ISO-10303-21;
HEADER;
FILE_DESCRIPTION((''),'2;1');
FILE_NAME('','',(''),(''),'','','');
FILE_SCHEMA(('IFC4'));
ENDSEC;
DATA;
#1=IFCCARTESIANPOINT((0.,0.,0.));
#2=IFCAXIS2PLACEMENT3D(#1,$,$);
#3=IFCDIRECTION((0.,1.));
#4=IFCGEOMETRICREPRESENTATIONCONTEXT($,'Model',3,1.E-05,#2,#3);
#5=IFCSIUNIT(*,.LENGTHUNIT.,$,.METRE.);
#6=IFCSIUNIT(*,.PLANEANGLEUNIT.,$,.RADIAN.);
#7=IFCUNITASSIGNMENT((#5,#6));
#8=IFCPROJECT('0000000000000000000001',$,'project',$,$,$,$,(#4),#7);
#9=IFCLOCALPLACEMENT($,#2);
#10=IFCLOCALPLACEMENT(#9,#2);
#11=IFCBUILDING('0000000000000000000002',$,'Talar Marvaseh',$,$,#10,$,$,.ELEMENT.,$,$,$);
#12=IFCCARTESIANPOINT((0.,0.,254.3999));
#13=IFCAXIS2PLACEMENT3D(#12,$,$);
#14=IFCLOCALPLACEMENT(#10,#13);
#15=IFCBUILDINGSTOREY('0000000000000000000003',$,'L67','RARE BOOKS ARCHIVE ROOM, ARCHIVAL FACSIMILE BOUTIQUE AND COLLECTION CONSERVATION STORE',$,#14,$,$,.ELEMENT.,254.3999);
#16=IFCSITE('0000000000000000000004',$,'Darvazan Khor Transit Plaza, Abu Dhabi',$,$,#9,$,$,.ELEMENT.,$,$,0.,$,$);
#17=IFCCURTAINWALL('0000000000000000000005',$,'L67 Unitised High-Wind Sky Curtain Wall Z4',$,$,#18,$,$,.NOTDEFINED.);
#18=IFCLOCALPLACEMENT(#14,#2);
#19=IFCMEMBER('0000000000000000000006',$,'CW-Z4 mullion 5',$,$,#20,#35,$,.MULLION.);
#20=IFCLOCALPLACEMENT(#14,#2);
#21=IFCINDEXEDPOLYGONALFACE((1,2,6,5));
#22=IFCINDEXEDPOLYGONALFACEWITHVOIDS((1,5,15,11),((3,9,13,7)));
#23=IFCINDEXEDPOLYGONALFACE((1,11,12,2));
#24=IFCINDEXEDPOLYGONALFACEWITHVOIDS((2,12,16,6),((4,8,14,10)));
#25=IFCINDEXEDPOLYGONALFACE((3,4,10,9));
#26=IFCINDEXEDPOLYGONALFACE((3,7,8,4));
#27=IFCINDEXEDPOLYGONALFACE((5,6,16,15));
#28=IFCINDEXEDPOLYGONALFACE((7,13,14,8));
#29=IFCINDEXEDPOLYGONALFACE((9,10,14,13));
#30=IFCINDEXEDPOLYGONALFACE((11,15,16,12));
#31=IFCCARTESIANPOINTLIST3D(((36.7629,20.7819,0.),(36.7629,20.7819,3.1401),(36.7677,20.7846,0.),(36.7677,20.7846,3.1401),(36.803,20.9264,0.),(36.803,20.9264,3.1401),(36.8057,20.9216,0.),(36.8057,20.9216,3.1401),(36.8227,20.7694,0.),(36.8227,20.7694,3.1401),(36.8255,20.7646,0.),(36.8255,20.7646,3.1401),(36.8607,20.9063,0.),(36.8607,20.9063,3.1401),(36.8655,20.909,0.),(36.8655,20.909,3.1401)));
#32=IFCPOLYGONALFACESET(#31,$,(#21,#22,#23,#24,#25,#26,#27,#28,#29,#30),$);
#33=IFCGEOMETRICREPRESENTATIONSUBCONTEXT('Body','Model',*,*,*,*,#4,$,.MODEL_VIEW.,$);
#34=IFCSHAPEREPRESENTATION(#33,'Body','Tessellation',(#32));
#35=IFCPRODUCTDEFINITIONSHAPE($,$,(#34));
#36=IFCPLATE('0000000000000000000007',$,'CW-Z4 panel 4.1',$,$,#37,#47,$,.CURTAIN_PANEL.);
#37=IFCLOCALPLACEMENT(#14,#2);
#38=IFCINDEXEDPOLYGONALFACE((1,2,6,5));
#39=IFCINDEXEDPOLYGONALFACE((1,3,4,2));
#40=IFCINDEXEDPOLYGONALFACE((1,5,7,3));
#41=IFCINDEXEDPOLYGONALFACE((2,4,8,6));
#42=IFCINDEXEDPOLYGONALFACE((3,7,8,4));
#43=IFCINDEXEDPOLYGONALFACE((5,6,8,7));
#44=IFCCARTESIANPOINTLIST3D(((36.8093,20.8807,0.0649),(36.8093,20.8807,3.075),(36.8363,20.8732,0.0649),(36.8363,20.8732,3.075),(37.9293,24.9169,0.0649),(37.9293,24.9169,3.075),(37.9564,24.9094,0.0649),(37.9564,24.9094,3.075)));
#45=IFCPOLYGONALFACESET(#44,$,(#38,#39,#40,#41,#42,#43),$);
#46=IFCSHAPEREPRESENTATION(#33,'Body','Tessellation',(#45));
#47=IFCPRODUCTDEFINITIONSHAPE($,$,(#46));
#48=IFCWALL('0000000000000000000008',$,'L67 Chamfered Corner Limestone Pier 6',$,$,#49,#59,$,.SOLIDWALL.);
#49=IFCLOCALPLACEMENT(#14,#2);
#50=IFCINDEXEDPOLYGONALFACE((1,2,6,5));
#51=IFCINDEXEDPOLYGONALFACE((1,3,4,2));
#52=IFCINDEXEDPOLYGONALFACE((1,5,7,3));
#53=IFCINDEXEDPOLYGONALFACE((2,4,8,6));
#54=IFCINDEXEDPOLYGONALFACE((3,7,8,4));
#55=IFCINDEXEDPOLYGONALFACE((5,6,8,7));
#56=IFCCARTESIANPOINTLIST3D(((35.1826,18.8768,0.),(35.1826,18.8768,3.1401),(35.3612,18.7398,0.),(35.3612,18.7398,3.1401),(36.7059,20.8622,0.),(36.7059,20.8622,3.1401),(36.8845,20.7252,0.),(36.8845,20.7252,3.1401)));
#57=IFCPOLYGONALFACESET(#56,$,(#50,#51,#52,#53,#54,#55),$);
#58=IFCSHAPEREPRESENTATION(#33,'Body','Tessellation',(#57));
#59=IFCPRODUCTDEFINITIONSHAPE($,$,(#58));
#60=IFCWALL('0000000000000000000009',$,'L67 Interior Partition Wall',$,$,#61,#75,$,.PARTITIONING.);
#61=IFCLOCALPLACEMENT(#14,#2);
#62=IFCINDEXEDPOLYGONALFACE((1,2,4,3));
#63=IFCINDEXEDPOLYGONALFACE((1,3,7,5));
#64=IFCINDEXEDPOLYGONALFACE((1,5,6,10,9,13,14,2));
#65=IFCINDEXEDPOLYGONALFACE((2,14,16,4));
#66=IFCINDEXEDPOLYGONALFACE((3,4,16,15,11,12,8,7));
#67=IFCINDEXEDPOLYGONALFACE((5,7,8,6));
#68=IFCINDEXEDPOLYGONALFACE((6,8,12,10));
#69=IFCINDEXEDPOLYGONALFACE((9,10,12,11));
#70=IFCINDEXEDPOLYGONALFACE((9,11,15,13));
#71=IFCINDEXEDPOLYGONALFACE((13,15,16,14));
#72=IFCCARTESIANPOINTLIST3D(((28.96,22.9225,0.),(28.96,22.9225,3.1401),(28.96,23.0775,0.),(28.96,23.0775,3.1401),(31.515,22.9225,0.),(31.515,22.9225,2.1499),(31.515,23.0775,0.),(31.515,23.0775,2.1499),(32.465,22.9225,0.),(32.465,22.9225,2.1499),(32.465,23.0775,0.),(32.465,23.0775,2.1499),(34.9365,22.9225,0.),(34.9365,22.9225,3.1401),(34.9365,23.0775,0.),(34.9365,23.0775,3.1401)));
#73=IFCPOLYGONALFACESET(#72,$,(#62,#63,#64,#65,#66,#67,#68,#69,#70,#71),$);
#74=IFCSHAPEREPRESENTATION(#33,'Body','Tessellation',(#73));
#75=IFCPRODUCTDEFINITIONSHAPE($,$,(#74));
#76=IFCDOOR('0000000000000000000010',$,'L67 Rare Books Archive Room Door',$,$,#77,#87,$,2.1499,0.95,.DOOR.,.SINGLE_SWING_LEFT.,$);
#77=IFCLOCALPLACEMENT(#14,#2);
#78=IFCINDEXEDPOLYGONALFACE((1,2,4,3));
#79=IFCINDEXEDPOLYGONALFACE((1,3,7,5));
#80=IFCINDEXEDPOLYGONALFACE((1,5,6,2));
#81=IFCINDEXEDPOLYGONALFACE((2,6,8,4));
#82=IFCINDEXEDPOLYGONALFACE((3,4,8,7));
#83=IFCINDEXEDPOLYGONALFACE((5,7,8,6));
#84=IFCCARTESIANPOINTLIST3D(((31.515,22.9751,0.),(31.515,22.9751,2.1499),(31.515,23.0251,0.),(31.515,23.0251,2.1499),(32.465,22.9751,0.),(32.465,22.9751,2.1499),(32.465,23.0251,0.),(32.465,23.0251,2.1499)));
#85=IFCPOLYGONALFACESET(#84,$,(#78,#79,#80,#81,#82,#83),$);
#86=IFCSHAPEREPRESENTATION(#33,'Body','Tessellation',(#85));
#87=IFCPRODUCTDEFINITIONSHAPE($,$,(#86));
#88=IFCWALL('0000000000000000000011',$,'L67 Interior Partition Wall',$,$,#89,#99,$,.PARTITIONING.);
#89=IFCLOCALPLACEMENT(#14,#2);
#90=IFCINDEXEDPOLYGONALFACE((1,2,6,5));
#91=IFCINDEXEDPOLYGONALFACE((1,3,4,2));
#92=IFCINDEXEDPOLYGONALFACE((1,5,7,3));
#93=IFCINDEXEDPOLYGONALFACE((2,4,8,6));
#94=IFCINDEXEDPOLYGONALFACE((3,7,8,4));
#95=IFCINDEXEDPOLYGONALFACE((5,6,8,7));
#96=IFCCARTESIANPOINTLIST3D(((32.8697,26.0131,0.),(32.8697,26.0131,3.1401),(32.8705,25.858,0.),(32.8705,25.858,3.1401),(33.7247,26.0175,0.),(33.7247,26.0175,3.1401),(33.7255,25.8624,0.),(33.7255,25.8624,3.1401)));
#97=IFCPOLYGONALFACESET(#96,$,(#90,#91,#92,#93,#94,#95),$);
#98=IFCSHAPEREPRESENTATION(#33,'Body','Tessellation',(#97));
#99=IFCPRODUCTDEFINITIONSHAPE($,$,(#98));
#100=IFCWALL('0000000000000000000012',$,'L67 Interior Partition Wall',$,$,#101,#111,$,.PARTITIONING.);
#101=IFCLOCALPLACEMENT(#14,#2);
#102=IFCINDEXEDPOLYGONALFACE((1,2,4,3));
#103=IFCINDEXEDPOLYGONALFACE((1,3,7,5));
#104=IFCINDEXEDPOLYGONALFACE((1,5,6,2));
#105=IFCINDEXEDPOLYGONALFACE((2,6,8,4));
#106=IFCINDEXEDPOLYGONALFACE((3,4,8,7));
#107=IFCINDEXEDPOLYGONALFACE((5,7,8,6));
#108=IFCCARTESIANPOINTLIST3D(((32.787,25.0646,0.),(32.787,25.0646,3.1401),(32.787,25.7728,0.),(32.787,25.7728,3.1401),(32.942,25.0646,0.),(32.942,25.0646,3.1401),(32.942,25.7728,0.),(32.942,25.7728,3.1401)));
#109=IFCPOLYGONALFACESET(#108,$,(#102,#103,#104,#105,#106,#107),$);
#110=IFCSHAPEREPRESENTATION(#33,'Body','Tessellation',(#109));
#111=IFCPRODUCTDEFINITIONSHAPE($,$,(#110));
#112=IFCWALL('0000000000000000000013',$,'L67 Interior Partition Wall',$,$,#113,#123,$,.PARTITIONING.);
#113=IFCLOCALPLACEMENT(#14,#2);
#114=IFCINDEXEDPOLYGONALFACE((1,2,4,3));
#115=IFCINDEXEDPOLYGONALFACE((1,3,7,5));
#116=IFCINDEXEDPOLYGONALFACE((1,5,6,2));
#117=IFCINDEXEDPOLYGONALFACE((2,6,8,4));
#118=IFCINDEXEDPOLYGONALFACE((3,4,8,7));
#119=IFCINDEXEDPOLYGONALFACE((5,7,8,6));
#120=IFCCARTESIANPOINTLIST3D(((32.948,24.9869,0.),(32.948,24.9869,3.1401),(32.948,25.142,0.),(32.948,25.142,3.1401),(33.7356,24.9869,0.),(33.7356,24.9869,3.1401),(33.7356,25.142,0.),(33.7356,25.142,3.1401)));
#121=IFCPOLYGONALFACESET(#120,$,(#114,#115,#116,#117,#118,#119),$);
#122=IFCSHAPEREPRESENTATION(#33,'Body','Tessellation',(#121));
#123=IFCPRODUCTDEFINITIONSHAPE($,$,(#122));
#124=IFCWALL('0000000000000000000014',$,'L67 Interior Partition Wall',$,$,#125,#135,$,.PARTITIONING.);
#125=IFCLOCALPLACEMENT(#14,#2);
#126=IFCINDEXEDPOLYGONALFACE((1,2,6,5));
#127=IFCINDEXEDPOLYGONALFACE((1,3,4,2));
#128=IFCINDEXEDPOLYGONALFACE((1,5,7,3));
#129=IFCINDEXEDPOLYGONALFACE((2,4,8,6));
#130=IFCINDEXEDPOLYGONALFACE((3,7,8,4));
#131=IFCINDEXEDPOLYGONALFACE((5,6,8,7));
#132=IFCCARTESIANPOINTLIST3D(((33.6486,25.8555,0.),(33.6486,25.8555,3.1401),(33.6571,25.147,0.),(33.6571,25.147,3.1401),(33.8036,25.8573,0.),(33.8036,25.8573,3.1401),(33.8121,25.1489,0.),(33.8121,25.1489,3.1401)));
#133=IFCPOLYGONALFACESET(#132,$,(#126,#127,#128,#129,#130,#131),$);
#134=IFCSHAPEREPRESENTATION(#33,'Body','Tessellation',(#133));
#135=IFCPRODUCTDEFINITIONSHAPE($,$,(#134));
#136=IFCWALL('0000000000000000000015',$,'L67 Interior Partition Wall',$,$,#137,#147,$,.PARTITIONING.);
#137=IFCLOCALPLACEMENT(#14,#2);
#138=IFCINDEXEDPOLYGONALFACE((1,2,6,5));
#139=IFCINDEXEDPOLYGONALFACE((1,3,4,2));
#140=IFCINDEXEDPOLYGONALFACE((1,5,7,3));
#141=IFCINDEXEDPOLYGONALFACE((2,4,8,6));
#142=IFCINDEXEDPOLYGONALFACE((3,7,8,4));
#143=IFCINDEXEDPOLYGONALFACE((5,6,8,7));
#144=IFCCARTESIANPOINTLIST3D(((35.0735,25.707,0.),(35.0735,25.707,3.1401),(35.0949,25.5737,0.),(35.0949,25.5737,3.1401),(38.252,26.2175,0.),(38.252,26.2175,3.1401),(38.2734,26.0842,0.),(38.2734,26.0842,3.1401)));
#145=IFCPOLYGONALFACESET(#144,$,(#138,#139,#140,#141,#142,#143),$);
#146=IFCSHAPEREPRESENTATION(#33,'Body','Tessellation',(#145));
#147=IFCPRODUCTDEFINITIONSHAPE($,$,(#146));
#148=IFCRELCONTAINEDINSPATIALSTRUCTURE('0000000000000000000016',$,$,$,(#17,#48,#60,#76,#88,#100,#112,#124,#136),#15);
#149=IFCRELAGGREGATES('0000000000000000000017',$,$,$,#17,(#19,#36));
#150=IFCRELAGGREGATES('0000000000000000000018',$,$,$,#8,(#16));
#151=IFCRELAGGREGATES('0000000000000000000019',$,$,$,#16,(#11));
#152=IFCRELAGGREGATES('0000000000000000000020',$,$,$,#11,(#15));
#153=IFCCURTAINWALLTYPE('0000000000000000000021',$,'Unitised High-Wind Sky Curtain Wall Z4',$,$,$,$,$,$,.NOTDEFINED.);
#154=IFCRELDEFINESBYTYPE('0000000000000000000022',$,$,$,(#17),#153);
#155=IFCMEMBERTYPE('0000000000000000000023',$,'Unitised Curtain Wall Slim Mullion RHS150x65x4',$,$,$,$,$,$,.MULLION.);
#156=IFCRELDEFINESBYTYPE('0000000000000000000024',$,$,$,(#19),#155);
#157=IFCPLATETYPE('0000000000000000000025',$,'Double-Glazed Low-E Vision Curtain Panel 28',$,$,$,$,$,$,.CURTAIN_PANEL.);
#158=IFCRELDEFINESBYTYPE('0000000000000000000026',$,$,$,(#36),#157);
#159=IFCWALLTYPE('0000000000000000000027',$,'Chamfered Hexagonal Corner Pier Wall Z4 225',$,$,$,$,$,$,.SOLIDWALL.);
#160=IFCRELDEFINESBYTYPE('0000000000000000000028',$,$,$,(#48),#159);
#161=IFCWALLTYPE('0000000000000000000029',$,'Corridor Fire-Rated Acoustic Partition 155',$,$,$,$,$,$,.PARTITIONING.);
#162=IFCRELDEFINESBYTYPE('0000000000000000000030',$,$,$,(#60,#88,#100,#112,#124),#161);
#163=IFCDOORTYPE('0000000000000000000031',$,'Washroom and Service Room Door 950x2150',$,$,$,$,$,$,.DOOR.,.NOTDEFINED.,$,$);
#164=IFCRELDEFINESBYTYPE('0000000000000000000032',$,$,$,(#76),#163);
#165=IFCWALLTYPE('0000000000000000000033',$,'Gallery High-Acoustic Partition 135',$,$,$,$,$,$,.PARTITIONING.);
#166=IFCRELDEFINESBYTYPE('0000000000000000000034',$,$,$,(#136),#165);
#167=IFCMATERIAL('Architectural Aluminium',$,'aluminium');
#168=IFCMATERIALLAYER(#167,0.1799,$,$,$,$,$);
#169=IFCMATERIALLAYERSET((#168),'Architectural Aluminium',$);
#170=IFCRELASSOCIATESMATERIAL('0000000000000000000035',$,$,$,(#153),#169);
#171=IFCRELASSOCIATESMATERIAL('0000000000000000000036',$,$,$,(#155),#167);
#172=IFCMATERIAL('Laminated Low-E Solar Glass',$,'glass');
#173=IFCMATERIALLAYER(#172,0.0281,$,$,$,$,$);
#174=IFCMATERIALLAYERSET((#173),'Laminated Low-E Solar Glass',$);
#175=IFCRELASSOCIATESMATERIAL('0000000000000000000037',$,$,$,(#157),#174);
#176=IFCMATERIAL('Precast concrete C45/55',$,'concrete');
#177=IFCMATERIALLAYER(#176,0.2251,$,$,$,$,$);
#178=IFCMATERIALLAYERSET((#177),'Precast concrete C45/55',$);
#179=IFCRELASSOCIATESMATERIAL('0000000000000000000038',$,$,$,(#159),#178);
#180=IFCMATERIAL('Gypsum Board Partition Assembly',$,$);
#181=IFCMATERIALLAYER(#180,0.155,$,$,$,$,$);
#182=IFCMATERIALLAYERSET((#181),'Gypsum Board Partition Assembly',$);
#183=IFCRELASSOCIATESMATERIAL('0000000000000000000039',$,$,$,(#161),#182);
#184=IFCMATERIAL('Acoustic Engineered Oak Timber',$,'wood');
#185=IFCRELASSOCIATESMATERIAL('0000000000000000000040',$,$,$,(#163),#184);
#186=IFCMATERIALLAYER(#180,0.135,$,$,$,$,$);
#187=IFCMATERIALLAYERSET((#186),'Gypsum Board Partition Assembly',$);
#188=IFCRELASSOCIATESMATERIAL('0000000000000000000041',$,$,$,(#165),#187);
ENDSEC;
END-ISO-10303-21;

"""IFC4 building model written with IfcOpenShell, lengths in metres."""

from ifc_helpers import new_model, si_unit, direction, frame, frame_2d, origin, origin_2d, place, context, subcontext, project, spatial, rectangle, hollow_rectangle, extrude, source, transform, mapped, material, layer, layer_set, material_profile, profile_set, type_object, type_shapes, element, fill, aggregate, save


model = new_model("IFC4")

# Units and contexts
model_context = context("Model", 3, precision=1e-05, world=origin(), true_north=direction((0.0, 1.0)))
body_context = subcontext(model_context, "Body", "Model", "MODEL_VIEW")
ifc_project = project(units=[si_unit("LENGTHUNIT", "METRE"), si_unit("PLANEANGLEUNIT", "RADIAN")], contexts=[model_context])

# Site, building, storey
site_placement = place(None, origin())
site = spatial("IfcSite", under=ifc_project, at=site_placement, Name="Darvazan Khor Transit Plaza, Abu Dhabi", CompositionType="ELEMENT", RefElevation=0.0)
building_placement = place(site_placement, origin())
building = spatial("IfcBuilding", under=site, at=building_placement, Name="Talar Marvaseh", CompositionType="ELEMENT")
storey_placement = place(building_placement, frame((0.0, 0.0, 254.3999)))
storey = spatial("IfcBuildingStorey", under=building, at=storey_placement, Name="L67", Description="RARE BOOKS ARCHIVE ROOM, ARCHIVAL FACSIMILE BOUTIQUE AND COLLECTION CONSERVATION STORE", CompositionType="ELEMENT", Elevation=254.3999)

# Curtain wall, member, plate
ifc_material_1 = material(Name="Architectural Aluminium", Category="aluminium")
ifc_layer_1 = layer(ifc_material_1, 0.1799)
ifc_layer_set_1 = layer_set([ifc_layer_1], Name="Architectural Aluminium")
curtain_wall_type = type_object("IfcCurtainWallType", Name="Unitised High-Wind Sky Curtain Wall Z4", PredefinedType="NOTDEFINED", material=ifc_layer_set_1)
curtain_wall_placement = place(storey_placement, origin())
curtain_wall = element("IfcCurtainWall", 1, at=curtain_wall_placement, inside=storey, type_object=curtain_wall_type, Name="L67 Unitised High-Wind Sky Curtain Wall Z4", PredefinedType="NOTDEFINED")
ifc_material_profile_1 = material_profile(ifc_material_1, hollow_rectangle(XDim=0.0649, YDim=0.1499, WallThickness=0.0039, at=origin_2d()), Name="RHS150x65x4")
ifc_profile_set_1 = profile_set([ifc_material_profile_1], Name="Architectural Aluminium")
member_type_1 = type_object("IfcMemberType", Name="Unitised Curtain Wall Slim Mullion RHS150x65x4", PredefinedType="MULLION", material=ifc_profile_set_1)
shared_shape_1 = source(origin(), body_context, "Body", "SweptSolid", [
    extrude(hollow_rectangle(XDim=0.0649, YDim=0.1499, WallThickness=0.0039, at=origin_2d()), origin(), (0.0, 0.0, 1.0), 3.1401),
])
type_shapes(member_type_1, [shared_shape_1])
member_1_placement = place(storey_placement, frame((36.8142, 20.8455, 0.0), z_axis=(0.0, 0.0, 1.0), x_axis=(0.963588, -0.26739, 0.0)))
member_1 = element("IfcMember", 2, at=member_1_placement, type_object=member_type_1, Name="CW-Z4 mullion 5", PredefinedType="MULLION", context=body_context, shape_type="MappedRepresentation", body=[
    mapped(shared_shape_1, transform((0.0, 0.0, 0.0), x_axis=(1.0, 0.0, 0.0), y_axis=(0.0, 1.0, 0.0), z_axis=(0.0, 0.0, 1.0), scale=1.0)),
])
ifc_material_2 = material(Name="Laminated Low-E Solar Glass", Category="glass")
ifc_layer_2 = layer(ifc_material_2, 0.0281)
ifc_layer_set_2 = layer_set([ifc_layer_2], Name="Laminated Low-E Solar Glass")
plate_type = type_object("IfcPlateType", Name="Double-Glazed Low-E Vision Curtain Panel 28", PredefinedType="CURTAIN_PANEL", material=ifc_layer_set_2)
shared_shape_2 = source(origin(), body_context, "Body", "SweptSolid", [
    extrude(rectangle(XDim=4.1887, YDim=0.0281, at=origin_2d()), origin(), (0.0, 0.0, 1.0), 3.01),
])
type_shapes(plate_type, [shared_shape_2])
plate_placement = place(storey_placement, frame((37.3828, 22.895, 0.0649), z_axis=(0.0, 0.0, 1.0), x_axis=(-0.26739, -0.963588, 0.0)))
plate = element("IfcPlate", 3, at=plate_placement, type_object=plate_type, Name="CW-Z4 panel 4.1", PredefinedType="CURTAIN_PANEL", context=body_context, shape_type="MappedRepresentation", body=[
    mapped(shared_shape_2, transform((0.0, 0.0, 0.0), x_axis=(1.0, 0.0, 0.0), y_axis=(0.0, 1.0, 0.0), z_axis=(0.0, 0.0, 1.0), scale=1.0)),
])
aggregate(curtain_wall, [member_1, plate])

# Wall
ifc_material_3 = material(Name="Precast concrete C45/55", Category="concrete")
ifc_layer_3 = layer(ifc_material_3, 0.2251)
ifc_layer_set_3 = layer_set([ifc_layer_3], Name="Precast concrete C45/55")
wall_type_1 = type_object("IfcWallType", Name="Chamfered Hexagonal Corner Pier Wall Z4 225", PredefinedType="SOLIDWALL", material=ifc_layer_set_3)
wall_1_placement = place(storey_placement, frame((36.7952, 20.7937, 0.0), z_axis=(0.0, 0.0, 1.0), x_axis=(-0.608706, -0.793396, 0.0)))
element("IfcWall", 4, at=wall_1_placement, inside=storey, type_object=wall_type_1, Name="L67 Chamfered Corner Limestone Pier 6", PredefinedType="SOLIDWALL", context=body_context, shape_type="SweptSolid", body=[
    extrude(rectangle(XDim=2.5024, YDim=0.2251, at=frame_2d((1.2512, 0.0))), origin(), (0.0, 0.0, 1.0), 3.1401),
])

# Wall, opening, door
ifc_material_4 = material(Name="Gypsum Board Partition Assembly")
ifc_layer_4 = layer(ifc_material_4, 0.155)
ifc_layer_set_4 = layer_set([ifc_layer_4], Name="Gypsum Board Partition Assembly")
wall_type_2 = type_object("IfcWallType", Name="Corridor Fire-Rated Acoustic Partition 155", PredefinedType="PARTITIONING", material=ifc_layer_set_4)
wall_2_placement = place(storey_placement, frame((34.9365, 23.0, 0.0), z_axis=(0.0, 0.0, 1.0), x_axis=(-1.0, 0.0, 0.0)))
wall_2 = element("IfcWall", 5, at=wall_2_placement, inside=storey, type_object=wall_type_2, Name="L67 Interior Partition Wall", PredefinedType="PARTITIONING", context=body_context, shape_type="SweptSolid", body=[
    extrude(rectangle(XDim=5.9766, YDim=0.155, at=frame_2d((2.9883, 0.0))), origin(), (0.0, 0.0, 1.0), 3.1401),
])
opening_1_placement = place(wall_2_placement, frame((2.4714, 0.0, 0.0)))
opening_1 = element("IfcOpeningElement", 6, at=opening_1_placement, cuts=wall_2, PredefinedType="OPENING", context=body_context, shape_type="SweptSolid", body=[
    extrude(rectangle(XDim=0.95, YDim=2.1499, at=frame_2d((0.4751, 1.075))), frame((0.0, 0.0874, 0.0), z_axis=(0.0, -1.0, 0.0), x_axis=(1.0, 0.0, 0.0)), (0.0, 0.0, 1.0), 0.175),
])
ifc_material_5 = material(Name="Acoustic Engineered Oak Timber", Category="wood")
door_type_1 = type_object("IfcDoorType", Name="Washroom and Service Room Door 950x2150", OperationType="NOTDEFINED", PredefinedType="DOOR", material=ifc_material_5)
shared_shape_3 = source(origin(), body_context, "Body", "SweptSolid", [
    extrude(rectangle(XDim=0.95, YDim=2.1499, at=frame_2d((0.4751, 1.075))), frame((0.0, 0.0249, 0.0), z_axis=(0.0, -1.0, 0.0), x_axis=(1.0, 0.0, 0.0)), (0.0, 0.0, 1.0), 0.05),
])
type_shapes(door_type_1, [shared_shape_3])
door_1_placement = place(opening_1_placement, origin())
door_1 = element("IfcDoor", 7, at=door_1_placement, inside=storey, type_object=door_type_1, Name="L67 Rare Books Archive Room Door", OperationType="SINGLE_SWING_LEFT", OverallHeight=2.1499, OverallWidth=0.95, PredefinedType="DOOR", context=body_context, shape_type="MappedRepresentation", body=[
    mapped(shared_shape_3, transform((0.0, 0.0, 0.0), x_axis=(1.0, 0.0, 0.0), y_axis=(0.0, 1.0, 0.0), z_axis=(0.0, 0.0, 1.0), scale=1.0)),
])
fill(opening_1, door_1)

# Walls
wall_3_placement = place(storey_placement, frame((33.7251, 25.9399, 0.0), z_axis=(0.0, 0.0, 1.0), x_axis=(-0.999987, -0.00514, 0.0)))
element("IfcWall", 8, at=wall_3_placement, inside=storey, type_object=wall_type_2, Name="L67 Interior Partition Wall", PredefinedType="PARTITIONING", context=body_context, shape_type="SweptSolid", body=[
    extrude(rectangle(XDim=0.855, YDim=0.155, at=frame_2d((0.4275, 0.0))), origin(), (0.0, 0.0, 1.0), 3.1401),
])
wall_4_placement = place(storey_placement, frame((32.8645, 25.7727, 0.0), z_axis=(0.0, 0.0, 1.0), x_axis=(0.0, -1.0, 0.0)))
element("IfcWall", 9, at=wall_4_placement, inside=storey, type_object=wall_type_2, Name="L67 Interior Partition Wall", PredefinedType="PARTITIONING", context=body_context, shape_type="SweptSolid", body=[
    extrude(rectangle(XDim=0.7083, YDim=0.155, at=frame_2d((0.354, 0.0))), origin(), (0.0, 0.0, 1.0), 3.1401),
])
wall_5_placement = place(storey_placement, frame((32.948, 25.0645, 0.0), z_axis=(0.0, 0.0, 1.0), x_axis=(1.0, 0.0, 0.0)))
element("IfcWall", 10, at=wall_5_placement, inside=storey, type_object=wall_type_2, Name="L67 Interior Partition Wall", PredefinedType="PARTITIONING", context=body_context, shape_type="SweptSolid", body=[
    extrude(rectangle(XDim=0.7876, YDim=0.155, at=frame_2d((0.3938, 0.0))), origin(), (0.0, 0.0, 1.0), 3.1401),
])
wall_6_placement = place(storey_placement, frame((33.7346, 25.1479, 0.0), z_axis=(0.0, 0.0, 1.0), x_axis=(-0.01206, 0.999927, 0.0)))
element("IfcWall", 11, at=wall_6_placement, inside=storey, type_object=wall_type_2, Name="L67 Interior Partition Wall", PredefinedType="PARTITIONING", context=body_context, shape_type="SweptSolid", body=[
    extrude(rectangle(XDim=0.7085, YDim=0.155, at=frame_2d((0.3542, 0.0))), origin(), (0.0, 0.0, 1.0), 3.1401),
])
ifc_layer_5 = layer(ifc_material_4, 0.135)
ifc_layer_set_5 = layer_set([ifc_layer_5], Name="Gypsum Board Partition Assembly")
wall_type_3 = type_object("IfcWallType", Name="Gallery High-Acoustic Partition 135", PredefinedType="PARTITIONING", material=ifc_layer_set_5)
wall_7_placement = place(storey_placement, frame((35.0842, 25.6404, 0.0), z_axis=(0.0, 0.0, 1.0), x_axis=(0.987346, 0.158579, 0.0)))
element("IfcWall", 12, at=wall_7_placement, inside=storey, type_object=wall_type_3, Name="L67 Interior Partition Wall", PredefinedType="PARTITIONING", context=body_context, shape_type="SweptSolid", body=[
    extrude(rectangle(XDim=3.2192, YDim=0.135, at=frame_2d((1.6096, 0.0))), origin(), (0.0, 0.0, 1.0), 3.1401),
])

save(model, "model.ifc")
